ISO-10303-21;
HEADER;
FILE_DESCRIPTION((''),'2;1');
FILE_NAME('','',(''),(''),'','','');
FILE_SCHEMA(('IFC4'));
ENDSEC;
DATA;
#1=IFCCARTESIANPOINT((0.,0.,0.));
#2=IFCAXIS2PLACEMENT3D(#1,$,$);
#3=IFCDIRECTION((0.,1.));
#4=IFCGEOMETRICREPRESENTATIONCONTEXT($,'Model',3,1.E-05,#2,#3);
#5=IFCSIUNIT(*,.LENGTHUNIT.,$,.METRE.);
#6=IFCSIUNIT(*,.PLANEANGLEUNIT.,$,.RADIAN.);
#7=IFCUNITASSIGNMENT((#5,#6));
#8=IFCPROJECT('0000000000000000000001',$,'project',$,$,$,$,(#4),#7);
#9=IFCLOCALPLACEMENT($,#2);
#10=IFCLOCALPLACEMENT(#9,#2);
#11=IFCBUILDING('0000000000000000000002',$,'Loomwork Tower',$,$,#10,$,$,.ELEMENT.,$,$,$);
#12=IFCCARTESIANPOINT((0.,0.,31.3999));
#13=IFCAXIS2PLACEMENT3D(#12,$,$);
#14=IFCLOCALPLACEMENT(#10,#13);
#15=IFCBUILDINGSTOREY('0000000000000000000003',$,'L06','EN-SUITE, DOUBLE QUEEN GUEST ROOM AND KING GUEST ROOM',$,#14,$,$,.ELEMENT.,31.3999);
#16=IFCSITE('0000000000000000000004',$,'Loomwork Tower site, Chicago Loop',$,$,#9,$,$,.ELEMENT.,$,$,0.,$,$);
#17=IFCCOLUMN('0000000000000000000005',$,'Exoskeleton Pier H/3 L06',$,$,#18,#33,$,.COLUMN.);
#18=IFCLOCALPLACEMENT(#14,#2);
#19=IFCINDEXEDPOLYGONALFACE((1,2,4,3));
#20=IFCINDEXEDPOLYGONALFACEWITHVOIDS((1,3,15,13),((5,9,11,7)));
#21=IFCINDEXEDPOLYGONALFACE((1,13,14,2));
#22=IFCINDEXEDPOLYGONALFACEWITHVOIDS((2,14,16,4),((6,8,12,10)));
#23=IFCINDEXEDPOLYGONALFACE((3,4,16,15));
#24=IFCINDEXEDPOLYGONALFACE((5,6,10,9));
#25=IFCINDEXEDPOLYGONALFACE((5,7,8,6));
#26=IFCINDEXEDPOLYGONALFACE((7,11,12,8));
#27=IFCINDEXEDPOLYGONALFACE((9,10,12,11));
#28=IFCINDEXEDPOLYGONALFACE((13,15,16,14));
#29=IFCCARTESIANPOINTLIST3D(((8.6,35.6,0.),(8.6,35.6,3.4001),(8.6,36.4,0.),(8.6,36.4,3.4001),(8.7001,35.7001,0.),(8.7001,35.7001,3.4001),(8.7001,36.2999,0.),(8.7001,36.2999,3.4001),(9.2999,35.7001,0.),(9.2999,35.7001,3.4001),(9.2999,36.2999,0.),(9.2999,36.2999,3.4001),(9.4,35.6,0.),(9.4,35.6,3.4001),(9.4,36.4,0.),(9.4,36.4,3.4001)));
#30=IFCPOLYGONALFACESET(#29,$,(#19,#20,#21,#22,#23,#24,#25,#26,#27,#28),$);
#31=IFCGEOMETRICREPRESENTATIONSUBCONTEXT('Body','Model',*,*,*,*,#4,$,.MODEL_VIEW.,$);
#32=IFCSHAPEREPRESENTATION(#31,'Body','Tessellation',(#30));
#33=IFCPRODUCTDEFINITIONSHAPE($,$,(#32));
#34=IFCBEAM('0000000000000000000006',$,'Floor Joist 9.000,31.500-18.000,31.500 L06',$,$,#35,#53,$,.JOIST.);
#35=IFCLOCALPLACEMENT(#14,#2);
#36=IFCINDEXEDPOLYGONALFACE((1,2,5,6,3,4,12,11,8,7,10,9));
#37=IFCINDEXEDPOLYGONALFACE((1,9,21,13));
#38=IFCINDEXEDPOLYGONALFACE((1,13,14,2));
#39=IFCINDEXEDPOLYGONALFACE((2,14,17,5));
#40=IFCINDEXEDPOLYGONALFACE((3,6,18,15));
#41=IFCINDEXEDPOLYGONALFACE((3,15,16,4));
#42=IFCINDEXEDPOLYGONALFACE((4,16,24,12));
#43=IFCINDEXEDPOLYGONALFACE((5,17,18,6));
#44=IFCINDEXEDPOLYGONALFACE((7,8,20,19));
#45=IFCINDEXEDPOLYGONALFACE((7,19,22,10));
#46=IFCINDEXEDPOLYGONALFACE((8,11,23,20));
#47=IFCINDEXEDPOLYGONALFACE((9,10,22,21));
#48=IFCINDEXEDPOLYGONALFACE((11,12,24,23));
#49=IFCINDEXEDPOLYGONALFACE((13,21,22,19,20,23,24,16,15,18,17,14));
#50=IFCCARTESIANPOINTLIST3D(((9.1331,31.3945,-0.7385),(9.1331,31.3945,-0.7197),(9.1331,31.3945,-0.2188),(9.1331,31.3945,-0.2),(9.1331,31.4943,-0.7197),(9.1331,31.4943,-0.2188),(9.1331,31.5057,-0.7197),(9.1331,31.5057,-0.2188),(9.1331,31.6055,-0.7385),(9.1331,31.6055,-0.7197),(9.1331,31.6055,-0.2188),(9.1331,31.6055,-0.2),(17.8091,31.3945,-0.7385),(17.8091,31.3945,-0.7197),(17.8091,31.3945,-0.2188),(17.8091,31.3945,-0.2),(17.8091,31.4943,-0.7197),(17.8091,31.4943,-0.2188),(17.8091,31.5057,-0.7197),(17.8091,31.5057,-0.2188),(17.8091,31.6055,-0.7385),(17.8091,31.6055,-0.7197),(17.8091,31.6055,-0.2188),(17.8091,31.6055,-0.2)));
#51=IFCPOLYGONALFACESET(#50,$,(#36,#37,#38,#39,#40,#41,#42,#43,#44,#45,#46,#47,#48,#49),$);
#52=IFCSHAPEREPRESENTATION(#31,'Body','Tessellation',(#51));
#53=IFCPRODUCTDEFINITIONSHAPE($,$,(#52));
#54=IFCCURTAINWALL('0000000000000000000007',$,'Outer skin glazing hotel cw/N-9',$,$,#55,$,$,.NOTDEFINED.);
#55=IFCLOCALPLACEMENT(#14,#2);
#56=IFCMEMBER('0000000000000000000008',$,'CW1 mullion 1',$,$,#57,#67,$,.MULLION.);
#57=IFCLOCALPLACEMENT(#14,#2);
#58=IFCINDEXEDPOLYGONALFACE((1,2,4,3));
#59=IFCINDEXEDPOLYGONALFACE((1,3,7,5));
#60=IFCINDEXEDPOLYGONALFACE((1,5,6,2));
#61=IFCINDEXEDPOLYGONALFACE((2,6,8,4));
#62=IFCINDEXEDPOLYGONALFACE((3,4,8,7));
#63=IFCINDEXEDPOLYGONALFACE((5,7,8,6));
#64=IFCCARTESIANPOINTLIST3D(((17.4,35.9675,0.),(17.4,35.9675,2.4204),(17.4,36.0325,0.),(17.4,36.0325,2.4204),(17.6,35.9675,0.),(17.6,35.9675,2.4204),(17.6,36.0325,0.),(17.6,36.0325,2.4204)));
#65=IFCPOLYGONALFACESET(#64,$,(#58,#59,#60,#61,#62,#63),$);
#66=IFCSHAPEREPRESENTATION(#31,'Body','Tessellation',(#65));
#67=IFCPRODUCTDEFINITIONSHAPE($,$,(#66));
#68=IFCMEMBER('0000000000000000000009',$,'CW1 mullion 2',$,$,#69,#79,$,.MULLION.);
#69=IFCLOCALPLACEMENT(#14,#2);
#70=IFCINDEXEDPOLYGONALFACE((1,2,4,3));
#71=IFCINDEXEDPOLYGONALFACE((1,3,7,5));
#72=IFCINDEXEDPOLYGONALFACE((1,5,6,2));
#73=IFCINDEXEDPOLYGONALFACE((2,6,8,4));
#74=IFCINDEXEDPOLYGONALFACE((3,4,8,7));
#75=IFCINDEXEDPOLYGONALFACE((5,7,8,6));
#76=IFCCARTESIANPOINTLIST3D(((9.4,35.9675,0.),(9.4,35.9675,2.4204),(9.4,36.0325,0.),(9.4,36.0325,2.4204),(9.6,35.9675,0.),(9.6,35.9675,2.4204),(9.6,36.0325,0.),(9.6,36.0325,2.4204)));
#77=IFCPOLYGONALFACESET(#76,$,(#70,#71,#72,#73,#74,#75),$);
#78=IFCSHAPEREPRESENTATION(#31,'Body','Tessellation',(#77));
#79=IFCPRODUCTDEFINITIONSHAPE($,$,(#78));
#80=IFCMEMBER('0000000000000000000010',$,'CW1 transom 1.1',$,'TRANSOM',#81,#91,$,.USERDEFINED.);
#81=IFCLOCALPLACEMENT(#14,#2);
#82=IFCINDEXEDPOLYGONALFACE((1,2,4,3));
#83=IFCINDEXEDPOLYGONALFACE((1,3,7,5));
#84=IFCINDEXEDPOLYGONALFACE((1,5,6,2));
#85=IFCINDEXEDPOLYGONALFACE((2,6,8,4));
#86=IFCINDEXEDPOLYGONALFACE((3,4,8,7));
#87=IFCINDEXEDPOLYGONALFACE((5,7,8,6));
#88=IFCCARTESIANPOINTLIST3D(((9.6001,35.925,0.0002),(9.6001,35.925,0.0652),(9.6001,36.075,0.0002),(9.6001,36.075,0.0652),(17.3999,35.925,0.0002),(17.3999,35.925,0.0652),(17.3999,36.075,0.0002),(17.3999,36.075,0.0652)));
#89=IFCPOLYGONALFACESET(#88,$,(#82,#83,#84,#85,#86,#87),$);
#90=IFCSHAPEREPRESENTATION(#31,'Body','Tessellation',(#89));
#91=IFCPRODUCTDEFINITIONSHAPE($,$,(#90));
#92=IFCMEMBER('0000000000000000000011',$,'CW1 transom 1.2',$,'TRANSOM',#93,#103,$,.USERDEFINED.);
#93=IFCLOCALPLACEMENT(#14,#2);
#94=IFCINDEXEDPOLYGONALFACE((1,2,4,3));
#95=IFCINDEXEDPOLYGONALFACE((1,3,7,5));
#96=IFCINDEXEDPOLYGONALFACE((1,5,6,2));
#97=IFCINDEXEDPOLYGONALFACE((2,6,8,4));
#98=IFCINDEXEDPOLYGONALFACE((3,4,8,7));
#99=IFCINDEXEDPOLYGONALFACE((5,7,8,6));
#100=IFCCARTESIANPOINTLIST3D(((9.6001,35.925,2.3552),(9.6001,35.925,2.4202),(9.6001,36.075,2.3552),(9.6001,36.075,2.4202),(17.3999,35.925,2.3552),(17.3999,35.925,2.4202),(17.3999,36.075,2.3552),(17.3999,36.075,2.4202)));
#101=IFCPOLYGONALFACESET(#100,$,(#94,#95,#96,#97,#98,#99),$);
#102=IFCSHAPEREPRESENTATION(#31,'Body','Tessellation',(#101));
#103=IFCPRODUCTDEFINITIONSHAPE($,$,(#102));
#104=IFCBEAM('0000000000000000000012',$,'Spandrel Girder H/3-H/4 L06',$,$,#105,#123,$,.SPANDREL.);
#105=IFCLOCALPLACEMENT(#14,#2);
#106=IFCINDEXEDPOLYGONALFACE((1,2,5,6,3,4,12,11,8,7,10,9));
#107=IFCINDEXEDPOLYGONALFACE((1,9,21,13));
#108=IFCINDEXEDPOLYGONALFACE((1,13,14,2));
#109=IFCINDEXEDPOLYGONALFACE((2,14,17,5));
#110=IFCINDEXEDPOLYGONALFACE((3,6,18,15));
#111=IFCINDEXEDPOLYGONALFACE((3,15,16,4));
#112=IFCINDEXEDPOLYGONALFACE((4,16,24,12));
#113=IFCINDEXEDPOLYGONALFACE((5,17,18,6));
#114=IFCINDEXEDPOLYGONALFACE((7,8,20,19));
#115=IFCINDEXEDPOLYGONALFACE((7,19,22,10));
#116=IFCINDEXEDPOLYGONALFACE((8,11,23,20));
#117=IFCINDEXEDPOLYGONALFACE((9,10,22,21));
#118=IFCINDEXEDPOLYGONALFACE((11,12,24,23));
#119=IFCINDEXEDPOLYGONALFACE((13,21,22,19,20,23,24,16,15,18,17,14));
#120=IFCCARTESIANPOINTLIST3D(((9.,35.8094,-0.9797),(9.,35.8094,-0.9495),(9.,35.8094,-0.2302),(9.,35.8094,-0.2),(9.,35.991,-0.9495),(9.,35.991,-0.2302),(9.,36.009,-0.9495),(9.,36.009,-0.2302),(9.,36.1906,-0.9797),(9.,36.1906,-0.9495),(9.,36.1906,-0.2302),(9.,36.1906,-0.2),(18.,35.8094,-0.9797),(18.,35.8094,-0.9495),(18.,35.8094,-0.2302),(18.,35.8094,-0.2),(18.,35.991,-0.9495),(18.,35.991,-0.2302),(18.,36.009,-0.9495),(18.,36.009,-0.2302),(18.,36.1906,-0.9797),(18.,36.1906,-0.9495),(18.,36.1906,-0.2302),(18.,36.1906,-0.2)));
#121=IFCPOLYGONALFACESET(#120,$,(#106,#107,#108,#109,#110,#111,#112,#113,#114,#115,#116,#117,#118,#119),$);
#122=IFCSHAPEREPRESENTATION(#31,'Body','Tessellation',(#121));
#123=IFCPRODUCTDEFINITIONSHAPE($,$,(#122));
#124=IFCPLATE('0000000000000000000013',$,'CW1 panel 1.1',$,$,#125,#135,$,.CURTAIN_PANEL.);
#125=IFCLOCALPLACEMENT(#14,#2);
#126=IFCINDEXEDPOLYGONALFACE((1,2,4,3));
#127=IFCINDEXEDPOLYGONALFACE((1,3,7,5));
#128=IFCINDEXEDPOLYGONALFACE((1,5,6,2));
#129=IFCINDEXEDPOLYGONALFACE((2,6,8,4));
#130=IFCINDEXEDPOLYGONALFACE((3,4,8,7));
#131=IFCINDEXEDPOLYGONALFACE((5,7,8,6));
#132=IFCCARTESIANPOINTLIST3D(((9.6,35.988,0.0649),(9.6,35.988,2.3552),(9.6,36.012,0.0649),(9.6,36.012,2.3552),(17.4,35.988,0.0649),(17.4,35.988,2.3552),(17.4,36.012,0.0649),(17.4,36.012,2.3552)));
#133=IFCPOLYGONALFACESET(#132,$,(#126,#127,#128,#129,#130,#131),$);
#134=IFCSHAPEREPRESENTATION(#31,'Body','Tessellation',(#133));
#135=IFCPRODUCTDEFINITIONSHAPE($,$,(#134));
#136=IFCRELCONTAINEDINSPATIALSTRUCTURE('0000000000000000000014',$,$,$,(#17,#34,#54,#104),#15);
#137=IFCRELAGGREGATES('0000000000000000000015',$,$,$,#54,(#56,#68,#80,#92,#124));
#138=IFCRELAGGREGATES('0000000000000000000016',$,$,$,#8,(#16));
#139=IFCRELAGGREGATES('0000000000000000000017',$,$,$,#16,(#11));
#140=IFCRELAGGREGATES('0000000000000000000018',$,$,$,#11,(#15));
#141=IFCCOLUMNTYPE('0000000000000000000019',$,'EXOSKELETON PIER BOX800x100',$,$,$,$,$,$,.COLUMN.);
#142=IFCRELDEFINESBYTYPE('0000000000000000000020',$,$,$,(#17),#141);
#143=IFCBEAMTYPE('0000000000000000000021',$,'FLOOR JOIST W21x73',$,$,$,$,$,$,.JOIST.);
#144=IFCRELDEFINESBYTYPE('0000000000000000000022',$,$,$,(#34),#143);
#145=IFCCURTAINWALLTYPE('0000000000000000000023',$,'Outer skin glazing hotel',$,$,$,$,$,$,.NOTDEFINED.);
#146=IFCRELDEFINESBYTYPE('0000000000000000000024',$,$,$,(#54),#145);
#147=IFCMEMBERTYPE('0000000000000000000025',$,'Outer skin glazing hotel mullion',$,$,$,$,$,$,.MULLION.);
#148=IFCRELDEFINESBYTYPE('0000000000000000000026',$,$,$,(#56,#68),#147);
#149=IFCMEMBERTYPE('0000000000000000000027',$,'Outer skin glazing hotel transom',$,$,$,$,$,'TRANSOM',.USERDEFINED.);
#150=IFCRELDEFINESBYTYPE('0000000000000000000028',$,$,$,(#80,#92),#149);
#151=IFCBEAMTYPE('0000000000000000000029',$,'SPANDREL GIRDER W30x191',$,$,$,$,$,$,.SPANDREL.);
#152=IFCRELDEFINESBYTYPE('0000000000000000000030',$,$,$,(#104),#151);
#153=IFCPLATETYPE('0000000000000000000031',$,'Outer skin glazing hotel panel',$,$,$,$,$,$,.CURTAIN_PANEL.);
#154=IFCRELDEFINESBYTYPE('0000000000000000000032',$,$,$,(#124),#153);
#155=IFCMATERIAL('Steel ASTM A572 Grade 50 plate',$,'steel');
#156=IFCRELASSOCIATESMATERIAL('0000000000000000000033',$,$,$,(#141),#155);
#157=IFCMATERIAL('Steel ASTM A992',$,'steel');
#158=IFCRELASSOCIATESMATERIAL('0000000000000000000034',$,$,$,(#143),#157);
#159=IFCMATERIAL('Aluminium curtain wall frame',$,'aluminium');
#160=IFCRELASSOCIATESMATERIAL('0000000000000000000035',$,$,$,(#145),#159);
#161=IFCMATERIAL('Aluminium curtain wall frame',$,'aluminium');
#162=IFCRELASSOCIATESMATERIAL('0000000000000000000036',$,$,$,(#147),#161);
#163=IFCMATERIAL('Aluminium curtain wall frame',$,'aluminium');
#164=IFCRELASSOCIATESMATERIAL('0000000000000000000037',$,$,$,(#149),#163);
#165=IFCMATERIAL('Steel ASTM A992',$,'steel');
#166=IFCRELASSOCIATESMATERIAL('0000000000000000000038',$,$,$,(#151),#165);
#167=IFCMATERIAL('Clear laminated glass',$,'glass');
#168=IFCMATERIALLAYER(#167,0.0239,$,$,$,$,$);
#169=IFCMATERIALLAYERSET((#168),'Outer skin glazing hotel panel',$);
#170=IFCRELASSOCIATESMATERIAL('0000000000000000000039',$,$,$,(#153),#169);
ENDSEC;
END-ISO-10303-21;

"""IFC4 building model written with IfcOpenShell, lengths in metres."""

from ifc_helpers import new_model, si_unit, direction, frame, origin, origin_2d, place, context, subcontext, project, spatial, rectangle, hollow_rectangle, i_section, extrude, material, layer, layer_set, material_profile, profile_set, type_object, element, aggregate, save


model = new_model("IFC4")

# Units and contexts
model_context = context("Model", 3, precision=1e-05, world=origin(), true_north=direction((0.0, 1.0)))
body_context = subcontext(model_context, "Body", "Model", "MODEL_VIEW")
ifc_project = project(units=[si_unit("LENGTHUNIT", "METRE"), si_unit("PLANEANGLEUNIT", "RADIAN")], contexts=[model_context])

# Site, building, storey
site_placement = place(None, origin())
site = spatial("IfcSite", under=ifc_project, at=site_placement, Name="Loomwork Tower site, Chicago Loop", CompositionType="ELEMENT", RefElevation=0.0)
building_placement = place(site_placement, origin())
building = spatial("IfcBuilding", under=site, at=building_placement, Name="Loomwork Tower", CompositionType="ELEMENT")
storey_placement = place(building_placement, frame((0.0, 0.0, 31.3999)))
storey = spatial("IfcBuildingStorey", under=building, at=storey_placement, Name="L06", Description="EN-SUITE, DOUBLE QUEEN GUEST ROOM AND KING GUEST ROOM", CompositionType="ELEMENT", Elevation=31.3999)

# Column
ifc_material_1 = material(Name="Steel ASTM A572 Grade 50 plate", Category="steel")
ifc_material_profile_1 = material_profile(ifc_material_1, hollow_rectangle(XDim=0.8, YDim=0.8, WallThickness=0.1001, at=origin_2d()), Name="BOX800x100")
ifc_profile_set_1 = profile_set([ifc_material_profile_1], Name="Steel ASTM A572 Grade 50 plate")
column_type = type_object("IfcColumnType", Name="EXOSKELETON PIER BOX800x100", PredefinedType="COLUMN", material=ifc_profile_set_1)
column_placement = place(storey_placement, frame((9.0, 36.0, 0.0), z_axis=(0.0, 0.0, 1.0), x_axis=(1.0, 0.0, 0.0)))
element("IfcColumn", 1, at=column_placement, inside=storey, type_object=column_type, Name="Exoskeleton Pier H/3 L06", PredefinedType="COLUMN", context=body_context, shape_type="SweptSolid", body=[
    extrude(hollow_rectangle(XDim=0.8, YDim=0.8, WallThickness=0.1001, at=origin_2d()), origin(), (0.0, 0.0, 1.0), 3.4001),
])

# Beam
ifc_material_2 = material(Name="Steel ASTM A992", Category="steel")
ifc_material_profile_2 = material_profile(ifc_material_2, i_section(OverallWidth=0.2109, OverallDepth=0.5386, WebThickness=0.0115, FlangeThickness=0.0188, at=origin_2d()), Name="W21x73")
ifc_profile_set_2 = profile_set([ifc_material_profile_2], Name="Steel ASTM A992")
beam_type_1 = type_object("IfcBeamType", Name="FLOOR JOIST W21x73", PredefinedType="JOIST", material=ifc_profile_set_2)
beam_1_placement = place(storey_placement, frame((9.1331, 31.5, -0.4692), z_axis=(1.0, 0.0, 0.0), x_axis=(0.0, 1.0, 0.0)))
element("IfcBeam", 2, at=beam_1_placement, inside=storey, type_object=beam_type_1, Name="Floor Joist 9.000,31.500-18.000,31.500 L06", PredefinedType="JOIST", context=body_context, shape_type="SweptSolid", body=[
    extrude(i_section(OverallWidth=0.2109, OverallDepth=0.5386, WebThickness=0.0115, FlangeThickness=0.0188, at=origin_2d()), origin(), (0.0, 0.0, 1.0), 8.676),
])

# Curtain wall, members
ifc_material_3 = material(Name="Aluminium curtain wall frame", Category="aluminium")
curtain_wall_type = type_object("IfcCurtainWallType", Name="Outer skin glazing hotel", PredefinedType="NOTDEFINED", material=ifc_material_3)
curtain_wall_placement = place(storey_placement, origin())
curtain_wall = element("IfcCurtainWall", 3, at=curtain_wall_placement, inside=storey, type_object=curtain_wall_type, Name="Outer skin glazing hotel cw/N-9", PredefinedType="NOTDEFINED")
ifc_material_4 = material(Name="Aluminium curtain wall frame", Category="aluminium")
ifc_material_profile_3 = material_profile(ifc_material_4, rectangle(XDim=0.0649, YDim=0.2, at=origin_2d()), Name="AL 65x200")
ifc_profile_set_3 = profile_set([ifc_material_profile_3], Name="Aluminium curtain wall frame")
member_type_1 = type_object("IfcMemberType", Name="Outer skin glazing hotel mullion", PredefinedType="MULLION", material=ifc_profile_set_3)
member_1_placement = place(storey_placement, frame((17.5, 36.0, 0.0), z_axis=(0.0, 0.0, 1.0), x_axis=(0.0, -1.0, 0.0)))
member_1 = element("IfcMember", 4, at=member_1_placement, type_object=member_type_1, Name="CW1 mullion 1", PredefinedType="MULLION", context=body_context, shape_type="SweptSolid", body=[
    extrude(rectangle(XDim=0.0649, YDim=0.2, at=origin_2d()), origin(), (0.0, 0.0, 1.0), 2.4204),
])
member_2_placement = place(storey_placement, frame((9.5, 36.0, 0.0), z_axis=(0.0, 0.0, 1.0), x_axis=(0.0, -1.0, 0.0)))
member_2 = element("IfcMember", 5, at=member_2_placement, type_object=member_type_1, Name="CW1 mullion 2", PredefinedType="MULLION", context=body_context, shape_type="SweptSolid", body=[
    extrude(rectangle(XDim=0.0649, YDim=0.2, at=origin_2d()), origin(), (0.0, 0.0, 1.0), 2.4204),
])
ifc_material_5 = material(Name="Aluminium curtain wall frame", Category="aluminium")
ifc_material_profile_4 = material_profile(ifc_material_5, rectangle(XDim=0.1499, YDim=0.0649, at=origin_2d()), Name="AL 65x150")
ifc_profile_set_4 = profile_set([ifc_material_profile_4], Name="Aluminium curtain wall frame")
member_type_2 = type_object("IfcMemberType", Name="Outer skin glazing hotel transom", ElementType="TRANSOM", PredefinedType="USERDEFINED", material=ifc_profile_set_4)
member_3_placement = place(storey_placement, frame((17.3999, 36.0, 0.0327), z_axis=(-1.0, 0.0, 0.0), x_axis=(0.0, -1.0, 0.0)))
member_3 = element("IfcMember", 6, at=member_3_placement, type_object=member_type_2, Name="CW1 transom 1.1", ObjectType="TRANSOM", PredefinedType="USERDEFINED", context=body_context, shape_type="SweptSolid", body=[
    extrude(rectangle(XDim=0.1499, YDim=0.0649, at=origin_2d()), origin(), (0.0, 0.0, 1.0), 7.7998),
])
member_4_placement = place(storey_placement, frame((17.3999, 36.0, 2.3877), z_axis=(-1.0, 0.0, 0.0), x_axis=(0.0, -1.0, 0.0)))
member_4 = element("IfcMember", 7, at=member_4_placement, type_object=member_type_2, Name="CW1 transom 1.2", ObjectType="TRANSOM", PredefinedType="USERDEFINED", context=body_context, shape_type="SweptSolid", body=[
    extrude(rectangle(XDim=0.1499, YDim=0.0649, at=origin_2d()), origin(), (0.0, 0.0, 1.0), 7.7998),
])

# Beam
ifc_material_6 = material(Name="Steel ASTM A992", Category="steel")
ifc_material_profile_5 = material_profile(ifc_material_6, i_section(OverallWidth=0.3811, OverallDepth=0.7798, WebThickness=0.0181, FlangeThickness=0.0303, at=origin_2d()), Name="W30x191")
ifc_profile_set_5 = profile_set([ifc_material_profile_5], Name="Steel ASTM A992")
beam_type_2 = type_object("IfcBeamType", Name="SPANDREL GIRDER W30x191", PredefinedType="SPANDREL", material=ifc_profile_set_5)
beam_2_placement = place(storey_placement, frame((9.0, 36.0, -0.5898), z_axis=(1.0, 0.0, 0.0), x_axis=(0.0, 1.0, 0.0)))
element("IfcBeam", 8, at=beam_2_placement, inside=storey, type_object=beam_type_2, Name="Spandrel Girder H/3-H/4 L06", PredefinedType="SPANDREL", context=body_context, shape_type="SweptSolid", body=[
    extrude(i_section(OverallWidth=0.3811, OverallDepth=0.7798, WebThickness=0.0181, FlangeThickness=0.0303, at=origin_2d()), origin(), (0.0, 0.0, 1.0), 9.0),
])

# Plate
ifc_material_7 = material(Name="Clear laminated glass", Category="glass")
ifc_layer_1 = layer(ifc_material_7, 0.0239)
ifc_layer_set_1 = layer_set([ifc_layer_1], Name="Outer skin glazing hotel panel")
plate_type = type_object("IfcPlateType", Name="Outer skin glazing hotel panel", PredefinedType="CURTAIN_PANEL", material=ifc_layer_set_1)
plate_placement = place(storey_placement, frame((13.5, 36.0, 0.0649), z_axis=(0.0, 0.0, 1.0), x_axis=(-1.0, 0.0, 0.0)))
plate = element("IfcPlate", 9, at=plate_placement, type_object=plate_type, Name="CW1 panel 1.1", PredefinedType="CURTAIN_PANEL", context=body_context, shape_type="SweptSolid", body=[
    extrude(rectangle(XDim=7.8, YDim=0.0239, at=origin_2d()), origin(), (0.0, 0.0, 1.0), 2.2903),
])
aggregate(curtain_wall, [member_1, member_2, member_3, member_4, plate])

save(model, "model.ifc")
